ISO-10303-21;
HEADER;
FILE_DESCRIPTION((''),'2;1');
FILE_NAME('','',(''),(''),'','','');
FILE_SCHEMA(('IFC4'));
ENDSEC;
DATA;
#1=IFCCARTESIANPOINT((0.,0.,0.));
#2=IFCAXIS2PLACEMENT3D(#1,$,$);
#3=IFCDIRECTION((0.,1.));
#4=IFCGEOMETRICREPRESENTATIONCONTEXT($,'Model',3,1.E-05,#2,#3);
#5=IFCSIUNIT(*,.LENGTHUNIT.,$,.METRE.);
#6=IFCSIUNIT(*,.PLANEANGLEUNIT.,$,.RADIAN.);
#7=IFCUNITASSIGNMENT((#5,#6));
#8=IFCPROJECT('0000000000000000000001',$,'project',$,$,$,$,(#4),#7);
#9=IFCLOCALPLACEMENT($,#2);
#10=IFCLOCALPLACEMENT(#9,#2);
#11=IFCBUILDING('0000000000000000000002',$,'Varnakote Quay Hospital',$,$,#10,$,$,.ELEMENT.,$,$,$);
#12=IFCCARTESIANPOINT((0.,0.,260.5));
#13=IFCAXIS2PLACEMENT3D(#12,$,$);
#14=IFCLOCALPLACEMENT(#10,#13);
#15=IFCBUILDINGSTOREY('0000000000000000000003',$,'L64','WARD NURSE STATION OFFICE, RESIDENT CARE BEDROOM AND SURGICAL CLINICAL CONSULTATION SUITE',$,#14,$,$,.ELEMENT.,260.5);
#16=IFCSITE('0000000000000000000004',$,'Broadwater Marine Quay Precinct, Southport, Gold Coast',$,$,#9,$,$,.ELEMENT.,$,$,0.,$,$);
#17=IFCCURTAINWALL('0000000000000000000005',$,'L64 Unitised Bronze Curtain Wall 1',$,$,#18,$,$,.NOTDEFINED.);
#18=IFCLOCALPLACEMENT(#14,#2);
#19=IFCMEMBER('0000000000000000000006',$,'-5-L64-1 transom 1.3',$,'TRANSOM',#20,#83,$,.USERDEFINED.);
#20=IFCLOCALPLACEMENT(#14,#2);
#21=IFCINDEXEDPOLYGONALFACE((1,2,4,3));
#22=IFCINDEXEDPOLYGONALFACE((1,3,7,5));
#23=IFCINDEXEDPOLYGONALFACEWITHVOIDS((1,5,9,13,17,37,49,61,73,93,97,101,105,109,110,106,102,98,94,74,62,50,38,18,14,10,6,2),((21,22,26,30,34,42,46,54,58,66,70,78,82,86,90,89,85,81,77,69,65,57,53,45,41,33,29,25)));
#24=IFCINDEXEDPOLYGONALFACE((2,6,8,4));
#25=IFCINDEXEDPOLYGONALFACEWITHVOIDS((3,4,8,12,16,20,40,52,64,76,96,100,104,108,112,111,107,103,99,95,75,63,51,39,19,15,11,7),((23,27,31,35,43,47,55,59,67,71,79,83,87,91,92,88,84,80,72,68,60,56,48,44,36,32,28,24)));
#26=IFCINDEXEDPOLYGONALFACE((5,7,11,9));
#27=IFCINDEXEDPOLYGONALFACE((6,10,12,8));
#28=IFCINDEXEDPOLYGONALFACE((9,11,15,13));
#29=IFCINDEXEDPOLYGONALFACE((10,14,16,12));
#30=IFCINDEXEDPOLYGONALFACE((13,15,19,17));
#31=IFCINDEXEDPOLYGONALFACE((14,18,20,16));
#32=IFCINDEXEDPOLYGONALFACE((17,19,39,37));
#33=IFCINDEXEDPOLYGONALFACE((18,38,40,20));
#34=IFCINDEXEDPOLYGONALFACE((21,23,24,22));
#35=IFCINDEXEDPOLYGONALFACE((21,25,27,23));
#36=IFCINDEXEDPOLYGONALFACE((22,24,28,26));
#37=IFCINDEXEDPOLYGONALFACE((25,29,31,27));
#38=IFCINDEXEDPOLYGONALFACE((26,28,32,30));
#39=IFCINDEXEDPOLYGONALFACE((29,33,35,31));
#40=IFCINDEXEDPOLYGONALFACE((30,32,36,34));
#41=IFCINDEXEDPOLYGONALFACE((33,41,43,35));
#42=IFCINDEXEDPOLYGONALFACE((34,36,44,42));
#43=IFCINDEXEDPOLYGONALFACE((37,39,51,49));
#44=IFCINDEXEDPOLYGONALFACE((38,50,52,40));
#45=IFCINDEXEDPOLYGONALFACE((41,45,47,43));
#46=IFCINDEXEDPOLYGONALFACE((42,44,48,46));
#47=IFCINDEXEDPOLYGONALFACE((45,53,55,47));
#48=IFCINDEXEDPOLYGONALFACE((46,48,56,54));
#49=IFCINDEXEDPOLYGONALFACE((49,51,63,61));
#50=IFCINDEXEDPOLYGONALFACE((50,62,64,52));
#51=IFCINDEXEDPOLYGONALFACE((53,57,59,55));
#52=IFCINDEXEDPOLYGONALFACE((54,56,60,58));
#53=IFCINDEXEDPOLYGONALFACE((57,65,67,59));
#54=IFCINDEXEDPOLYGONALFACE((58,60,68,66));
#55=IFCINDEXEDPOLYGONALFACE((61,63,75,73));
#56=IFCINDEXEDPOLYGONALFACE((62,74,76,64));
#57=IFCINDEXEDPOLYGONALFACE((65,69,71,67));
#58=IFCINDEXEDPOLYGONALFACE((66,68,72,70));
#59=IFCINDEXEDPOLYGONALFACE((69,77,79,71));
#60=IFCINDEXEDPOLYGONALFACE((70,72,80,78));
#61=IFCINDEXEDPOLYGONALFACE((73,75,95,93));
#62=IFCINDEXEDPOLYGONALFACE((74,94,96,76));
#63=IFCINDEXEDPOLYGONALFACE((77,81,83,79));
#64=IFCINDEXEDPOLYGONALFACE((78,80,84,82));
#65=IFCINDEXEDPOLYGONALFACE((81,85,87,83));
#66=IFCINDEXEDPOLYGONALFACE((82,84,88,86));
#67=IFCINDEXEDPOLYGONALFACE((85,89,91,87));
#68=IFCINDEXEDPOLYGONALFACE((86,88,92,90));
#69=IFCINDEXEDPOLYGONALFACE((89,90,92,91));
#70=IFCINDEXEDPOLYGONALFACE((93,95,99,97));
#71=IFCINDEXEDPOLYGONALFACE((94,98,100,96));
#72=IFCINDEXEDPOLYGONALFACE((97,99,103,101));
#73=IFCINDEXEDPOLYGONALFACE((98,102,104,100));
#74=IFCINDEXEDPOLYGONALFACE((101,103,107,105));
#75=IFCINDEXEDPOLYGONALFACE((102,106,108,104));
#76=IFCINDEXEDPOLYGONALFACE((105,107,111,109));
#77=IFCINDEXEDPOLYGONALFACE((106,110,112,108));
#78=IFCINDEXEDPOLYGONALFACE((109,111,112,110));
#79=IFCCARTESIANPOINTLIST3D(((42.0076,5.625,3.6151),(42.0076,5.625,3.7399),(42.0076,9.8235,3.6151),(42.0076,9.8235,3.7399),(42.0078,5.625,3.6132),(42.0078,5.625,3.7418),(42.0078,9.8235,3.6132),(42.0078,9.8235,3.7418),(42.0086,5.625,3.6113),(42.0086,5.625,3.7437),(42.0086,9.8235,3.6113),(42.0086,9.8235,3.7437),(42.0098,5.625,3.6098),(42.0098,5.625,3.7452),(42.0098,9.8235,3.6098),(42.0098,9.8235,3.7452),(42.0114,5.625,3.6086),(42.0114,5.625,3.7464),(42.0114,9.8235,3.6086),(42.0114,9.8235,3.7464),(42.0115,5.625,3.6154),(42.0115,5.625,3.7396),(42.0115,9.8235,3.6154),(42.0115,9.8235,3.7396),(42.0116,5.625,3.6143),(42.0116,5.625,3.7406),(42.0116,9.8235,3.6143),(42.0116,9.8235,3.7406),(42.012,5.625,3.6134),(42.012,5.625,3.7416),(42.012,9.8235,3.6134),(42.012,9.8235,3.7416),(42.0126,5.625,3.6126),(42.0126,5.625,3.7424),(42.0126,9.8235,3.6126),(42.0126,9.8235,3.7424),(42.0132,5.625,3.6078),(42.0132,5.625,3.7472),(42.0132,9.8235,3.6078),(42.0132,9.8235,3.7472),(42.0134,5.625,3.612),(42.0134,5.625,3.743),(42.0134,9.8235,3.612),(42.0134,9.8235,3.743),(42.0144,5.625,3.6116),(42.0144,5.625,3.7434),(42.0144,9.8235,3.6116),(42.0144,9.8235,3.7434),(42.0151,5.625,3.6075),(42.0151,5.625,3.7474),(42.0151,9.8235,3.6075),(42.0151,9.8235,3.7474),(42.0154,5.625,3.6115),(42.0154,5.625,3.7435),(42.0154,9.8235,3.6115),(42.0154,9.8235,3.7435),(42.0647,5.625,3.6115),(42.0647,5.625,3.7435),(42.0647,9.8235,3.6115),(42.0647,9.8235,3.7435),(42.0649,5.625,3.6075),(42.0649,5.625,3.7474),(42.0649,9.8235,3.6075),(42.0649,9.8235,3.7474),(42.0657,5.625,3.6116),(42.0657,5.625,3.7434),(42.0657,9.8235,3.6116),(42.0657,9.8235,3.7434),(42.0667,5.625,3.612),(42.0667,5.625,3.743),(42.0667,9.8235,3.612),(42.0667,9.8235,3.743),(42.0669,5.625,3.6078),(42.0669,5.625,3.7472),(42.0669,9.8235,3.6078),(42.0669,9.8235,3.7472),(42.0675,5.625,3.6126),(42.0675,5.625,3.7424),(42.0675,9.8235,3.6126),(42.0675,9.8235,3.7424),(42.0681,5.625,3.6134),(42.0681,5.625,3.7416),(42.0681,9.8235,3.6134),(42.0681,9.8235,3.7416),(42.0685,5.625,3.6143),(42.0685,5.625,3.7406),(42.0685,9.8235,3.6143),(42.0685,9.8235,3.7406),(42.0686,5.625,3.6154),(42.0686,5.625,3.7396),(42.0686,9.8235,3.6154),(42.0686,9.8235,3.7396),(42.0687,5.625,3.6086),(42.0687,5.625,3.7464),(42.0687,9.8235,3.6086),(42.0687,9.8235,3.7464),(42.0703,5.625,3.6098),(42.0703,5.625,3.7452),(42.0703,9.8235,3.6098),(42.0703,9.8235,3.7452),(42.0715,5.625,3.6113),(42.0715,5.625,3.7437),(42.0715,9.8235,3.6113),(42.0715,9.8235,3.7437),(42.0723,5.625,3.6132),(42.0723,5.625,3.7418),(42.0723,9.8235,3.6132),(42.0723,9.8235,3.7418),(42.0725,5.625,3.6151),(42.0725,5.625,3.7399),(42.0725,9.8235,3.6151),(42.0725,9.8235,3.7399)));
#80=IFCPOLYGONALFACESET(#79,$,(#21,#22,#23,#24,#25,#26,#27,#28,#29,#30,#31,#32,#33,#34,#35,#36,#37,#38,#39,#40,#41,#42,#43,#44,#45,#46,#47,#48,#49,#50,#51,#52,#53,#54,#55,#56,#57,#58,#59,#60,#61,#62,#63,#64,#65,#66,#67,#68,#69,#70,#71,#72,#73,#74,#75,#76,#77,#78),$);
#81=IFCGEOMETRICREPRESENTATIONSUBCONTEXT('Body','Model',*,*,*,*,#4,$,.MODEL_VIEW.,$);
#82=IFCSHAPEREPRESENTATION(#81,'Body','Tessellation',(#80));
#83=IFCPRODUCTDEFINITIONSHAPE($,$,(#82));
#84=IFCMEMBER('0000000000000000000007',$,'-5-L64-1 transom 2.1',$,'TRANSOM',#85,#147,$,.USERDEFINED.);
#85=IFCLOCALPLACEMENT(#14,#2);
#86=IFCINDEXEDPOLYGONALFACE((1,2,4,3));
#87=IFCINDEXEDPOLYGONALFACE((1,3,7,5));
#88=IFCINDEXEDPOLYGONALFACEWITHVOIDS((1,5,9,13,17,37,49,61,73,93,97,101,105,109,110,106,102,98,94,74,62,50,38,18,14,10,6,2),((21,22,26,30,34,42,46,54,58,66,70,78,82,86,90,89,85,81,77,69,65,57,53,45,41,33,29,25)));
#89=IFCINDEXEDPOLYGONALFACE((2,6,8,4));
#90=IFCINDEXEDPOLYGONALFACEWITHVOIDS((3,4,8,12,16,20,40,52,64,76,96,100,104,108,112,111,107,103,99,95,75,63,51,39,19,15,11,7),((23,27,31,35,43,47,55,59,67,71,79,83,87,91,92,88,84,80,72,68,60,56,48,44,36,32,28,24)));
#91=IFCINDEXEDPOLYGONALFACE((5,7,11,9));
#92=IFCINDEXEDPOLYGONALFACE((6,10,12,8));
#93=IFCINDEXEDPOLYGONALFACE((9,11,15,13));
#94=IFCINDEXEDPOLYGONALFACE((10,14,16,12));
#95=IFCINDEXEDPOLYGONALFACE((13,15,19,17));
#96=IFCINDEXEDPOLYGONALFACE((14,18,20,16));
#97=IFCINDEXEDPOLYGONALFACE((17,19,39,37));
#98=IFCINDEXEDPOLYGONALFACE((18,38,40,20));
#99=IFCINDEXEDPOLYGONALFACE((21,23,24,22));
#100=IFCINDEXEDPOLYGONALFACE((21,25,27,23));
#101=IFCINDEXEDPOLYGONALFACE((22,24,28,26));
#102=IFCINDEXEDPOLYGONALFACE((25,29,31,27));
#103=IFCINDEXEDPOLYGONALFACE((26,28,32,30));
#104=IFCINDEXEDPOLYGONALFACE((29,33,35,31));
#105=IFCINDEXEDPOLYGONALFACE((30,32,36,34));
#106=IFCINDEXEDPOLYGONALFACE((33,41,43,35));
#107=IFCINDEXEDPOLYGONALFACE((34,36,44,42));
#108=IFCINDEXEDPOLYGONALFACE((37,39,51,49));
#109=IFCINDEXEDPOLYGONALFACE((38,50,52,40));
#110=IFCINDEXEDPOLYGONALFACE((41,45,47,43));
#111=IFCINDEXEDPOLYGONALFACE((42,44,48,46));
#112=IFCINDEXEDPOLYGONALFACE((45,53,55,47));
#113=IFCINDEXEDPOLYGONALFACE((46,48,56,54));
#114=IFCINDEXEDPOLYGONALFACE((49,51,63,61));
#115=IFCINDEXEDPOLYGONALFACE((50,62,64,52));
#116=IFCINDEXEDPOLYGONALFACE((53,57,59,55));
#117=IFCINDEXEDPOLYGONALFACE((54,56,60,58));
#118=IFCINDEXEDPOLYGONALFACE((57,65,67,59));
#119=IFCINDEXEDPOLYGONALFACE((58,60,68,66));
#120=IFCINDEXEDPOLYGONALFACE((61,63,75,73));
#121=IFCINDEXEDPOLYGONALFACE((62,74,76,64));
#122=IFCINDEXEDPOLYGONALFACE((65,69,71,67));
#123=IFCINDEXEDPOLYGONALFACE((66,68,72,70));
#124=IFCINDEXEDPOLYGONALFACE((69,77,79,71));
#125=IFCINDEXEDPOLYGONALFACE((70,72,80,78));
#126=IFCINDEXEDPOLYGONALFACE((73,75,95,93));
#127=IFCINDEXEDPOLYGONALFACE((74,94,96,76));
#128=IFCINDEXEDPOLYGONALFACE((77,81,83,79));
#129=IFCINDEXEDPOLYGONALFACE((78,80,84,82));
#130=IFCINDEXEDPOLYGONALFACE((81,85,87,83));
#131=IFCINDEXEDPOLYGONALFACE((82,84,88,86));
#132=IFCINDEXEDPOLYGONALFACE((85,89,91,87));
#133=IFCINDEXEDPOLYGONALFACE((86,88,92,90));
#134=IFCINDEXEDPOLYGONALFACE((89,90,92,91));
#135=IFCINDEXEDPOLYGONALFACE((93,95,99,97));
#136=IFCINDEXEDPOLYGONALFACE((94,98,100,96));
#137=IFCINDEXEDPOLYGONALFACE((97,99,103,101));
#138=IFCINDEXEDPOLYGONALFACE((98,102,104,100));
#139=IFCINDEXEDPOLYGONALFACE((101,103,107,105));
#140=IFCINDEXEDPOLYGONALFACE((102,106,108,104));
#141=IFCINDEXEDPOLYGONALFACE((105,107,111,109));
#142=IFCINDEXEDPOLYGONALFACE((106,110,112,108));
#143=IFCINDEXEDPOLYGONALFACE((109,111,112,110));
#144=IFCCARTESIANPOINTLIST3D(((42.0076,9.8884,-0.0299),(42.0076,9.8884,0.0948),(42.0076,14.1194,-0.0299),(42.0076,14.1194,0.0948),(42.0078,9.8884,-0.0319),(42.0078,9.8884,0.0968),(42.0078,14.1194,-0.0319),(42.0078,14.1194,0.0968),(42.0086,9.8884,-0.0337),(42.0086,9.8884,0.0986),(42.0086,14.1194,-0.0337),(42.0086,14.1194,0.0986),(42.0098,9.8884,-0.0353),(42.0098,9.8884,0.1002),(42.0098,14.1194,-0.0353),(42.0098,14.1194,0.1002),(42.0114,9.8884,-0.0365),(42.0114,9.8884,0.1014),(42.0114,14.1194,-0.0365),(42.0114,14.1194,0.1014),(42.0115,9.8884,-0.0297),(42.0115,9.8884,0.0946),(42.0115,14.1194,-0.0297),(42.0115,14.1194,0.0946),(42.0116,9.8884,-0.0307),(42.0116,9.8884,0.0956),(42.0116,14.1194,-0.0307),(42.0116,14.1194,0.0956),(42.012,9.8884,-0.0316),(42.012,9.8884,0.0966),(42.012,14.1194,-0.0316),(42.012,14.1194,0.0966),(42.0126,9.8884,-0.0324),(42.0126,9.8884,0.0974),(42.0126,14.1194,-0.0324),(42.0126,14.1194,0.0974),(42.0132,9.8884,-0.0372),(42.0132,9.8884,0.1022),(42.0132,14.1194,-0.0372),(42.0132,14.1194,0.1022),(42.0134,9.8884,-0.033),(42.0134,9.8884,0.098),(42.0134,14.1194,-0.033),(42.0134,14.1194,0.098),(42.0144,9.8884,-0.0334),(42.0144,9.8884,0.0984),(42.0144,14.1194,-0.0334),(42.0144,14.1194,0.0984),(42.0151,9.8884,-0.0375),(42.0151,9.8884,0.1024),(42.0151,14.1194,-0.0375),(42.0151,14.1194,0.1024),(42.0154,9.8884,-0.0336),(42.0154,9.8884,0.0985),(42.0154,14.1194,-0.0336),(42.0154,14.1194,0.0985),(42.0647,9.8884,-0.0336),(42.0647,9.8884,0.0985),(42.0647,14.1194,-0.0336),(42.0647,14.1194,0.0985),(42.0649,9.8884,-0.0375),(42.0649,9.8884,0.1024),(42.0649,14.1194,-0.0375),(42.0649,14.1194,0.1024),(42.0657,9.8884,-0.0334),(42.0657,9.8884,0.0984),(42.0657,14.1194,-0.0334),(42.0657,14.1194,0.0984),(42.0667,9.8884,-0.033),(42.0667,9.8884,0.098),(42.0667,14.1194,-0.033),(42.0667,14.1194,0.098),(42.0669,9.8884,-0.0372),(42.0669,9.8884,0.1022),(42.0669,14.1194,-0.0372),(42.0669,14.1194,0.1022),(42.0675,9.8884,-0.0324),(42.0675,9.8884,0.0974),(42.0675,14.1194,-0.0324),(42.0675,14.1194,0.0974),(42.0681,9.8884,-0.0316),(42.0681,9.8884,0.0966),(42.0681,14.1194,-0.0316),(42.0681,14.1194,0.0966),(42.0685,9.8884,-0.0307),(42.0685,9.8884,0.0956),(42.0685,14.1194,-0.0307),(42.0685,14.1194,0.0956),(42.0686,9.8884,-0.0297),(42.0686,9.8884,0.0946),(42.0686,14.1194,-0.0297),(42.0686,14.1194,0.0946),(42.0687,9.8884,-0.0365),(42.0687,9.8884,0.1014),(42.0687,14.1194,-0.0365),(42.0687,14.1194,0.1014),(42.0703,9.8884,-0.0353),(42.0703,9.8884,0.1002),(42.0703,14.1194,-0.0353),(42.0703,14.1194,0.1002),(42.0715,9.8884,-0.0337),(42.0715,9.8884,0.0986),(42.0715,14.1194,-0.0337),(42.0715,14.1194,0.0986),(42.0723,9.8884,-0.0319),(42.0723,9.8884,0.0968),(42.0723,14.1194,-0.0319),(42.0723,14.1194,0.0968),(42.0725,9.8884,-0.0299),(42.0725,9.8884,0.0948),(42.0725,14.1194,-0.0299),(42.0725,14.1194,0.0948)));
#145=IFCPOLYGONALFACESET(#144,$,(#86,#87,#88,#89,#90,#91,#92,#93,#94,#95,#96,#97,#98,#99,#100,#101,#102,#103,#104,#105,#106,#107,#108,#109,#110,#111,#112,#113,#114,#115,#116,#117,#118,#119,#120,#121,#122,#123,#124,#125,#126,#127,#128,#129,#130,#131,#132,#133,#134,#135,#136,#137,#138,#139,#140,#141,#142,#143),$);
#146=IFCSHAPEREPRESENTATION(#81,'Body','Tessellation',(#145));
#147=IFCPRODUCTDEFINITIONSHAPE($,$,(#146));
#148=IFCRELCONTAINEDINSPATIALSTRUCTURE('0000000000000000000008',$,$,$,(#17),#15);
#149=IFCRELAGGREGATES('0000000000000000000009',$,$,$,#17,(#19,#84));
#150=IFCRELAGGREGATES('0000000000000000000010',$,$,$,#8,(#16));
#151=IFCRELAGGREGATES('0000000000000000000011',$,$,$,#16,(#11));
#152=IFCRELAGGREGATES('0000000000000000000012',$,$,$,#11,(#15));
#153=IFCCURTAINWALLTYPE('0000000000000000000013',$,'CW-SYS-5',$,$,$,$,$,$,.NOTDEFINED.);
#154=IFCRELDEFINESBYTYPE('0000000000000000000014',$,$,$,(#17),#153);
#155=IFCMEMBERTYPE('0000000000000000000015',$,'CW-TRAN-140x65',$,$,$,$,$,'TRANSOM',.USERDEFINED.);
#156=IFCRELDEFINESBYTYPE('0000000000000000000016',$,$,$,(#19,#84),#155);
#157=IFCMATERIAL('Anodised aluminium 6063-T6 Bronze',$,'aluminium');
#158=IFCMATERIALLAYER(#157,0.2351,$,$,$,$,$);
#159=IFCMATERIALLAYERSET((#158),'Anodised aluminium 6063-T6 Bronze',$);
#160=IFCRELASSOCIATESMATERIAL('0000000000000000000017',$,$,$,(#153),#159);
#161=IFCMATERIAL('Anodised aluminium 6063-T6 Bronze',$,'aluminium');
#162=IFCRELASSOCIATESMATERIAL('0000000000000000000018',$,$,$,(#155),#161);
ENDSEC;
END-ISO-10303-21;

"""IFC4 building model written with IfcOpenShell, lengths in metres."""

from ifc_helpers import new_model, si_unit, direction, frame, origin, origin_2d, place, context, subcontext, project, spatial, hollow_rectangle, extrude, material, layer, layer_set, material_profile, profile_set, type_object, element, aggregate, save


model = new_model("IFC4")

# Units and contexts
model_context = context("Model", 3, precision=1e-05, world=origin(), true_north=direction((0.0, 1.0)))
body_context = subcontext(model_context, "Body", "Model", "MODEL_VIEW")
ifc_project = project(units=[si_unit("LENGTHUNIT", "METRE"), si_unit("PLANEANGLEUNIT", "RADIAN")], contexts=[model_context])

# Site, building, storey
site_placement = place(None, origin())
site = spatial("IfcSite", under=ifc_project, at=site_placement, Name="Broadwater Marine Quay Precinct, Southport, Gold Coast", CompositionType="ELEMENT", RefElevation=0.0)
building_placement = place(site_placement, origin())
building = spatial("IfcBuilding", under=site, at=building_placement, Name="Varnakote Quay Hospital", CompositionType="ELEMENT")
storey_placement = place(building_placement, frame((0.0, 0.0, 260.5)))
storey = spatial("IfcBuildingStorey", under=building, at=storey_placement, Name="L64", Description="WARD NURSE STATION OFFICE, RESIDENT CARE BEDROOM AND SURGICAL CLINICAL CONSULTATION SUITE", CompositionType="ELEMENT", Elevation=260.5)

# Curtain wall, members
ifc_material_1 = material(Name="Anodised aluminium 6063-T6 Bronze", Category="aluminium")
ifc_layer_1 = layer(ifc_material_1, 0.2351)
ifc_layer_set_1 = layer_set([ifc_layer_1], Name="Anodised aluminium 6063-T6 Bronze")
curtain_wall_type = type_object("IfcCurtainWallType", Name="CW-SYS-5", PredefinedType="NOTDEFINED", material=ifc_layer_set_1)
curtain_wall_placement = place(storey_placement, origin())
curtain_wall = element("IfcCurtainWall", 1, at=curtain_wall_placement, inside=storey, type_object=curtain_wall_type, Name="L64 Unitised Bronze Curtain Wall 1", PredefinedType="NOTDEFINED")
ifc_material_2 = material(Name="Anodised aluminium 6063-T6 Bronze", Category="aluminium")
ifc_material_profile_1 = material_profile(ifc_material_2, hollow_rectangle(XDim=0.0649, YDim=0.1399, WallThickness=0.0039, InnerFilletRadius=0.0039, OuterFilletRadius=0.0076, at=origin_2d()), Name="CW-TRAN-140x65")
ifc_profile_set_1 = profile_set([ifc_material_profile_1], Name="Anodised aluminium 6063-T6 Bronze")
member_type_1 = type_object("IfcMemberType", Name="CW-TRAN-140x65", ElementType="TRANSOM", PredefinedType="USERDEFINED", material=ifc_profile_set_1)
member_1_placement = place(storey_placement, frame((42.04, 5.625, 3.6775), z_axis=(0.0, 1.0, 0.0), x_axis=(-1.0, 0.0, 0.0)))
member_1 = element("IfcMember", 2, at=member_1_placement, type_object=member_type_1, Name="-5-L64-1 transom 1.3", ObjectType="TRANSOM", PredefinedType="USERDEFINED", context=body_context, shape_type="SweptSolid", body=[
    extrude(hollow_rectangle(XDim=0.0649, YDim=0.1399, WallThickness=0.0039, InnerFilletRadius=0.0039, OuterFilletRadius=0.0076, at=origin_2d()), origin(), (0.0, 0.0, 1.0), 4.1985),
])
member_2_placement = place(storey_placement, frame((42.04, 9.8884, 0.0325), z_axis=(0.0, 1.0, 0.0), x_axis=(-1.0, 0.0, 0.0)))
member_2 = element("IfcMember", 3, at=member_2_placement, type_object=member_type_1, Name="-5-L64-1 transom 2.1", ObjectType="TRANSOM", PredefinedType="USERDEFINED", context=body_context, shape_type="SweptSolid", body=[
    extrude(hollow_rectangle(XDim=0.0649, YDim=0.1399, WallThickness=0.0039, InnerFilletRadius=0.0039, OuterFilletRadius=0.0076, at=origin_2d()), origin(), (0.0, 0.0, 1.0), 4.231),
])
aggregate(curtain_wall, [member_1, member_2])

save(model, "model.ifc")
